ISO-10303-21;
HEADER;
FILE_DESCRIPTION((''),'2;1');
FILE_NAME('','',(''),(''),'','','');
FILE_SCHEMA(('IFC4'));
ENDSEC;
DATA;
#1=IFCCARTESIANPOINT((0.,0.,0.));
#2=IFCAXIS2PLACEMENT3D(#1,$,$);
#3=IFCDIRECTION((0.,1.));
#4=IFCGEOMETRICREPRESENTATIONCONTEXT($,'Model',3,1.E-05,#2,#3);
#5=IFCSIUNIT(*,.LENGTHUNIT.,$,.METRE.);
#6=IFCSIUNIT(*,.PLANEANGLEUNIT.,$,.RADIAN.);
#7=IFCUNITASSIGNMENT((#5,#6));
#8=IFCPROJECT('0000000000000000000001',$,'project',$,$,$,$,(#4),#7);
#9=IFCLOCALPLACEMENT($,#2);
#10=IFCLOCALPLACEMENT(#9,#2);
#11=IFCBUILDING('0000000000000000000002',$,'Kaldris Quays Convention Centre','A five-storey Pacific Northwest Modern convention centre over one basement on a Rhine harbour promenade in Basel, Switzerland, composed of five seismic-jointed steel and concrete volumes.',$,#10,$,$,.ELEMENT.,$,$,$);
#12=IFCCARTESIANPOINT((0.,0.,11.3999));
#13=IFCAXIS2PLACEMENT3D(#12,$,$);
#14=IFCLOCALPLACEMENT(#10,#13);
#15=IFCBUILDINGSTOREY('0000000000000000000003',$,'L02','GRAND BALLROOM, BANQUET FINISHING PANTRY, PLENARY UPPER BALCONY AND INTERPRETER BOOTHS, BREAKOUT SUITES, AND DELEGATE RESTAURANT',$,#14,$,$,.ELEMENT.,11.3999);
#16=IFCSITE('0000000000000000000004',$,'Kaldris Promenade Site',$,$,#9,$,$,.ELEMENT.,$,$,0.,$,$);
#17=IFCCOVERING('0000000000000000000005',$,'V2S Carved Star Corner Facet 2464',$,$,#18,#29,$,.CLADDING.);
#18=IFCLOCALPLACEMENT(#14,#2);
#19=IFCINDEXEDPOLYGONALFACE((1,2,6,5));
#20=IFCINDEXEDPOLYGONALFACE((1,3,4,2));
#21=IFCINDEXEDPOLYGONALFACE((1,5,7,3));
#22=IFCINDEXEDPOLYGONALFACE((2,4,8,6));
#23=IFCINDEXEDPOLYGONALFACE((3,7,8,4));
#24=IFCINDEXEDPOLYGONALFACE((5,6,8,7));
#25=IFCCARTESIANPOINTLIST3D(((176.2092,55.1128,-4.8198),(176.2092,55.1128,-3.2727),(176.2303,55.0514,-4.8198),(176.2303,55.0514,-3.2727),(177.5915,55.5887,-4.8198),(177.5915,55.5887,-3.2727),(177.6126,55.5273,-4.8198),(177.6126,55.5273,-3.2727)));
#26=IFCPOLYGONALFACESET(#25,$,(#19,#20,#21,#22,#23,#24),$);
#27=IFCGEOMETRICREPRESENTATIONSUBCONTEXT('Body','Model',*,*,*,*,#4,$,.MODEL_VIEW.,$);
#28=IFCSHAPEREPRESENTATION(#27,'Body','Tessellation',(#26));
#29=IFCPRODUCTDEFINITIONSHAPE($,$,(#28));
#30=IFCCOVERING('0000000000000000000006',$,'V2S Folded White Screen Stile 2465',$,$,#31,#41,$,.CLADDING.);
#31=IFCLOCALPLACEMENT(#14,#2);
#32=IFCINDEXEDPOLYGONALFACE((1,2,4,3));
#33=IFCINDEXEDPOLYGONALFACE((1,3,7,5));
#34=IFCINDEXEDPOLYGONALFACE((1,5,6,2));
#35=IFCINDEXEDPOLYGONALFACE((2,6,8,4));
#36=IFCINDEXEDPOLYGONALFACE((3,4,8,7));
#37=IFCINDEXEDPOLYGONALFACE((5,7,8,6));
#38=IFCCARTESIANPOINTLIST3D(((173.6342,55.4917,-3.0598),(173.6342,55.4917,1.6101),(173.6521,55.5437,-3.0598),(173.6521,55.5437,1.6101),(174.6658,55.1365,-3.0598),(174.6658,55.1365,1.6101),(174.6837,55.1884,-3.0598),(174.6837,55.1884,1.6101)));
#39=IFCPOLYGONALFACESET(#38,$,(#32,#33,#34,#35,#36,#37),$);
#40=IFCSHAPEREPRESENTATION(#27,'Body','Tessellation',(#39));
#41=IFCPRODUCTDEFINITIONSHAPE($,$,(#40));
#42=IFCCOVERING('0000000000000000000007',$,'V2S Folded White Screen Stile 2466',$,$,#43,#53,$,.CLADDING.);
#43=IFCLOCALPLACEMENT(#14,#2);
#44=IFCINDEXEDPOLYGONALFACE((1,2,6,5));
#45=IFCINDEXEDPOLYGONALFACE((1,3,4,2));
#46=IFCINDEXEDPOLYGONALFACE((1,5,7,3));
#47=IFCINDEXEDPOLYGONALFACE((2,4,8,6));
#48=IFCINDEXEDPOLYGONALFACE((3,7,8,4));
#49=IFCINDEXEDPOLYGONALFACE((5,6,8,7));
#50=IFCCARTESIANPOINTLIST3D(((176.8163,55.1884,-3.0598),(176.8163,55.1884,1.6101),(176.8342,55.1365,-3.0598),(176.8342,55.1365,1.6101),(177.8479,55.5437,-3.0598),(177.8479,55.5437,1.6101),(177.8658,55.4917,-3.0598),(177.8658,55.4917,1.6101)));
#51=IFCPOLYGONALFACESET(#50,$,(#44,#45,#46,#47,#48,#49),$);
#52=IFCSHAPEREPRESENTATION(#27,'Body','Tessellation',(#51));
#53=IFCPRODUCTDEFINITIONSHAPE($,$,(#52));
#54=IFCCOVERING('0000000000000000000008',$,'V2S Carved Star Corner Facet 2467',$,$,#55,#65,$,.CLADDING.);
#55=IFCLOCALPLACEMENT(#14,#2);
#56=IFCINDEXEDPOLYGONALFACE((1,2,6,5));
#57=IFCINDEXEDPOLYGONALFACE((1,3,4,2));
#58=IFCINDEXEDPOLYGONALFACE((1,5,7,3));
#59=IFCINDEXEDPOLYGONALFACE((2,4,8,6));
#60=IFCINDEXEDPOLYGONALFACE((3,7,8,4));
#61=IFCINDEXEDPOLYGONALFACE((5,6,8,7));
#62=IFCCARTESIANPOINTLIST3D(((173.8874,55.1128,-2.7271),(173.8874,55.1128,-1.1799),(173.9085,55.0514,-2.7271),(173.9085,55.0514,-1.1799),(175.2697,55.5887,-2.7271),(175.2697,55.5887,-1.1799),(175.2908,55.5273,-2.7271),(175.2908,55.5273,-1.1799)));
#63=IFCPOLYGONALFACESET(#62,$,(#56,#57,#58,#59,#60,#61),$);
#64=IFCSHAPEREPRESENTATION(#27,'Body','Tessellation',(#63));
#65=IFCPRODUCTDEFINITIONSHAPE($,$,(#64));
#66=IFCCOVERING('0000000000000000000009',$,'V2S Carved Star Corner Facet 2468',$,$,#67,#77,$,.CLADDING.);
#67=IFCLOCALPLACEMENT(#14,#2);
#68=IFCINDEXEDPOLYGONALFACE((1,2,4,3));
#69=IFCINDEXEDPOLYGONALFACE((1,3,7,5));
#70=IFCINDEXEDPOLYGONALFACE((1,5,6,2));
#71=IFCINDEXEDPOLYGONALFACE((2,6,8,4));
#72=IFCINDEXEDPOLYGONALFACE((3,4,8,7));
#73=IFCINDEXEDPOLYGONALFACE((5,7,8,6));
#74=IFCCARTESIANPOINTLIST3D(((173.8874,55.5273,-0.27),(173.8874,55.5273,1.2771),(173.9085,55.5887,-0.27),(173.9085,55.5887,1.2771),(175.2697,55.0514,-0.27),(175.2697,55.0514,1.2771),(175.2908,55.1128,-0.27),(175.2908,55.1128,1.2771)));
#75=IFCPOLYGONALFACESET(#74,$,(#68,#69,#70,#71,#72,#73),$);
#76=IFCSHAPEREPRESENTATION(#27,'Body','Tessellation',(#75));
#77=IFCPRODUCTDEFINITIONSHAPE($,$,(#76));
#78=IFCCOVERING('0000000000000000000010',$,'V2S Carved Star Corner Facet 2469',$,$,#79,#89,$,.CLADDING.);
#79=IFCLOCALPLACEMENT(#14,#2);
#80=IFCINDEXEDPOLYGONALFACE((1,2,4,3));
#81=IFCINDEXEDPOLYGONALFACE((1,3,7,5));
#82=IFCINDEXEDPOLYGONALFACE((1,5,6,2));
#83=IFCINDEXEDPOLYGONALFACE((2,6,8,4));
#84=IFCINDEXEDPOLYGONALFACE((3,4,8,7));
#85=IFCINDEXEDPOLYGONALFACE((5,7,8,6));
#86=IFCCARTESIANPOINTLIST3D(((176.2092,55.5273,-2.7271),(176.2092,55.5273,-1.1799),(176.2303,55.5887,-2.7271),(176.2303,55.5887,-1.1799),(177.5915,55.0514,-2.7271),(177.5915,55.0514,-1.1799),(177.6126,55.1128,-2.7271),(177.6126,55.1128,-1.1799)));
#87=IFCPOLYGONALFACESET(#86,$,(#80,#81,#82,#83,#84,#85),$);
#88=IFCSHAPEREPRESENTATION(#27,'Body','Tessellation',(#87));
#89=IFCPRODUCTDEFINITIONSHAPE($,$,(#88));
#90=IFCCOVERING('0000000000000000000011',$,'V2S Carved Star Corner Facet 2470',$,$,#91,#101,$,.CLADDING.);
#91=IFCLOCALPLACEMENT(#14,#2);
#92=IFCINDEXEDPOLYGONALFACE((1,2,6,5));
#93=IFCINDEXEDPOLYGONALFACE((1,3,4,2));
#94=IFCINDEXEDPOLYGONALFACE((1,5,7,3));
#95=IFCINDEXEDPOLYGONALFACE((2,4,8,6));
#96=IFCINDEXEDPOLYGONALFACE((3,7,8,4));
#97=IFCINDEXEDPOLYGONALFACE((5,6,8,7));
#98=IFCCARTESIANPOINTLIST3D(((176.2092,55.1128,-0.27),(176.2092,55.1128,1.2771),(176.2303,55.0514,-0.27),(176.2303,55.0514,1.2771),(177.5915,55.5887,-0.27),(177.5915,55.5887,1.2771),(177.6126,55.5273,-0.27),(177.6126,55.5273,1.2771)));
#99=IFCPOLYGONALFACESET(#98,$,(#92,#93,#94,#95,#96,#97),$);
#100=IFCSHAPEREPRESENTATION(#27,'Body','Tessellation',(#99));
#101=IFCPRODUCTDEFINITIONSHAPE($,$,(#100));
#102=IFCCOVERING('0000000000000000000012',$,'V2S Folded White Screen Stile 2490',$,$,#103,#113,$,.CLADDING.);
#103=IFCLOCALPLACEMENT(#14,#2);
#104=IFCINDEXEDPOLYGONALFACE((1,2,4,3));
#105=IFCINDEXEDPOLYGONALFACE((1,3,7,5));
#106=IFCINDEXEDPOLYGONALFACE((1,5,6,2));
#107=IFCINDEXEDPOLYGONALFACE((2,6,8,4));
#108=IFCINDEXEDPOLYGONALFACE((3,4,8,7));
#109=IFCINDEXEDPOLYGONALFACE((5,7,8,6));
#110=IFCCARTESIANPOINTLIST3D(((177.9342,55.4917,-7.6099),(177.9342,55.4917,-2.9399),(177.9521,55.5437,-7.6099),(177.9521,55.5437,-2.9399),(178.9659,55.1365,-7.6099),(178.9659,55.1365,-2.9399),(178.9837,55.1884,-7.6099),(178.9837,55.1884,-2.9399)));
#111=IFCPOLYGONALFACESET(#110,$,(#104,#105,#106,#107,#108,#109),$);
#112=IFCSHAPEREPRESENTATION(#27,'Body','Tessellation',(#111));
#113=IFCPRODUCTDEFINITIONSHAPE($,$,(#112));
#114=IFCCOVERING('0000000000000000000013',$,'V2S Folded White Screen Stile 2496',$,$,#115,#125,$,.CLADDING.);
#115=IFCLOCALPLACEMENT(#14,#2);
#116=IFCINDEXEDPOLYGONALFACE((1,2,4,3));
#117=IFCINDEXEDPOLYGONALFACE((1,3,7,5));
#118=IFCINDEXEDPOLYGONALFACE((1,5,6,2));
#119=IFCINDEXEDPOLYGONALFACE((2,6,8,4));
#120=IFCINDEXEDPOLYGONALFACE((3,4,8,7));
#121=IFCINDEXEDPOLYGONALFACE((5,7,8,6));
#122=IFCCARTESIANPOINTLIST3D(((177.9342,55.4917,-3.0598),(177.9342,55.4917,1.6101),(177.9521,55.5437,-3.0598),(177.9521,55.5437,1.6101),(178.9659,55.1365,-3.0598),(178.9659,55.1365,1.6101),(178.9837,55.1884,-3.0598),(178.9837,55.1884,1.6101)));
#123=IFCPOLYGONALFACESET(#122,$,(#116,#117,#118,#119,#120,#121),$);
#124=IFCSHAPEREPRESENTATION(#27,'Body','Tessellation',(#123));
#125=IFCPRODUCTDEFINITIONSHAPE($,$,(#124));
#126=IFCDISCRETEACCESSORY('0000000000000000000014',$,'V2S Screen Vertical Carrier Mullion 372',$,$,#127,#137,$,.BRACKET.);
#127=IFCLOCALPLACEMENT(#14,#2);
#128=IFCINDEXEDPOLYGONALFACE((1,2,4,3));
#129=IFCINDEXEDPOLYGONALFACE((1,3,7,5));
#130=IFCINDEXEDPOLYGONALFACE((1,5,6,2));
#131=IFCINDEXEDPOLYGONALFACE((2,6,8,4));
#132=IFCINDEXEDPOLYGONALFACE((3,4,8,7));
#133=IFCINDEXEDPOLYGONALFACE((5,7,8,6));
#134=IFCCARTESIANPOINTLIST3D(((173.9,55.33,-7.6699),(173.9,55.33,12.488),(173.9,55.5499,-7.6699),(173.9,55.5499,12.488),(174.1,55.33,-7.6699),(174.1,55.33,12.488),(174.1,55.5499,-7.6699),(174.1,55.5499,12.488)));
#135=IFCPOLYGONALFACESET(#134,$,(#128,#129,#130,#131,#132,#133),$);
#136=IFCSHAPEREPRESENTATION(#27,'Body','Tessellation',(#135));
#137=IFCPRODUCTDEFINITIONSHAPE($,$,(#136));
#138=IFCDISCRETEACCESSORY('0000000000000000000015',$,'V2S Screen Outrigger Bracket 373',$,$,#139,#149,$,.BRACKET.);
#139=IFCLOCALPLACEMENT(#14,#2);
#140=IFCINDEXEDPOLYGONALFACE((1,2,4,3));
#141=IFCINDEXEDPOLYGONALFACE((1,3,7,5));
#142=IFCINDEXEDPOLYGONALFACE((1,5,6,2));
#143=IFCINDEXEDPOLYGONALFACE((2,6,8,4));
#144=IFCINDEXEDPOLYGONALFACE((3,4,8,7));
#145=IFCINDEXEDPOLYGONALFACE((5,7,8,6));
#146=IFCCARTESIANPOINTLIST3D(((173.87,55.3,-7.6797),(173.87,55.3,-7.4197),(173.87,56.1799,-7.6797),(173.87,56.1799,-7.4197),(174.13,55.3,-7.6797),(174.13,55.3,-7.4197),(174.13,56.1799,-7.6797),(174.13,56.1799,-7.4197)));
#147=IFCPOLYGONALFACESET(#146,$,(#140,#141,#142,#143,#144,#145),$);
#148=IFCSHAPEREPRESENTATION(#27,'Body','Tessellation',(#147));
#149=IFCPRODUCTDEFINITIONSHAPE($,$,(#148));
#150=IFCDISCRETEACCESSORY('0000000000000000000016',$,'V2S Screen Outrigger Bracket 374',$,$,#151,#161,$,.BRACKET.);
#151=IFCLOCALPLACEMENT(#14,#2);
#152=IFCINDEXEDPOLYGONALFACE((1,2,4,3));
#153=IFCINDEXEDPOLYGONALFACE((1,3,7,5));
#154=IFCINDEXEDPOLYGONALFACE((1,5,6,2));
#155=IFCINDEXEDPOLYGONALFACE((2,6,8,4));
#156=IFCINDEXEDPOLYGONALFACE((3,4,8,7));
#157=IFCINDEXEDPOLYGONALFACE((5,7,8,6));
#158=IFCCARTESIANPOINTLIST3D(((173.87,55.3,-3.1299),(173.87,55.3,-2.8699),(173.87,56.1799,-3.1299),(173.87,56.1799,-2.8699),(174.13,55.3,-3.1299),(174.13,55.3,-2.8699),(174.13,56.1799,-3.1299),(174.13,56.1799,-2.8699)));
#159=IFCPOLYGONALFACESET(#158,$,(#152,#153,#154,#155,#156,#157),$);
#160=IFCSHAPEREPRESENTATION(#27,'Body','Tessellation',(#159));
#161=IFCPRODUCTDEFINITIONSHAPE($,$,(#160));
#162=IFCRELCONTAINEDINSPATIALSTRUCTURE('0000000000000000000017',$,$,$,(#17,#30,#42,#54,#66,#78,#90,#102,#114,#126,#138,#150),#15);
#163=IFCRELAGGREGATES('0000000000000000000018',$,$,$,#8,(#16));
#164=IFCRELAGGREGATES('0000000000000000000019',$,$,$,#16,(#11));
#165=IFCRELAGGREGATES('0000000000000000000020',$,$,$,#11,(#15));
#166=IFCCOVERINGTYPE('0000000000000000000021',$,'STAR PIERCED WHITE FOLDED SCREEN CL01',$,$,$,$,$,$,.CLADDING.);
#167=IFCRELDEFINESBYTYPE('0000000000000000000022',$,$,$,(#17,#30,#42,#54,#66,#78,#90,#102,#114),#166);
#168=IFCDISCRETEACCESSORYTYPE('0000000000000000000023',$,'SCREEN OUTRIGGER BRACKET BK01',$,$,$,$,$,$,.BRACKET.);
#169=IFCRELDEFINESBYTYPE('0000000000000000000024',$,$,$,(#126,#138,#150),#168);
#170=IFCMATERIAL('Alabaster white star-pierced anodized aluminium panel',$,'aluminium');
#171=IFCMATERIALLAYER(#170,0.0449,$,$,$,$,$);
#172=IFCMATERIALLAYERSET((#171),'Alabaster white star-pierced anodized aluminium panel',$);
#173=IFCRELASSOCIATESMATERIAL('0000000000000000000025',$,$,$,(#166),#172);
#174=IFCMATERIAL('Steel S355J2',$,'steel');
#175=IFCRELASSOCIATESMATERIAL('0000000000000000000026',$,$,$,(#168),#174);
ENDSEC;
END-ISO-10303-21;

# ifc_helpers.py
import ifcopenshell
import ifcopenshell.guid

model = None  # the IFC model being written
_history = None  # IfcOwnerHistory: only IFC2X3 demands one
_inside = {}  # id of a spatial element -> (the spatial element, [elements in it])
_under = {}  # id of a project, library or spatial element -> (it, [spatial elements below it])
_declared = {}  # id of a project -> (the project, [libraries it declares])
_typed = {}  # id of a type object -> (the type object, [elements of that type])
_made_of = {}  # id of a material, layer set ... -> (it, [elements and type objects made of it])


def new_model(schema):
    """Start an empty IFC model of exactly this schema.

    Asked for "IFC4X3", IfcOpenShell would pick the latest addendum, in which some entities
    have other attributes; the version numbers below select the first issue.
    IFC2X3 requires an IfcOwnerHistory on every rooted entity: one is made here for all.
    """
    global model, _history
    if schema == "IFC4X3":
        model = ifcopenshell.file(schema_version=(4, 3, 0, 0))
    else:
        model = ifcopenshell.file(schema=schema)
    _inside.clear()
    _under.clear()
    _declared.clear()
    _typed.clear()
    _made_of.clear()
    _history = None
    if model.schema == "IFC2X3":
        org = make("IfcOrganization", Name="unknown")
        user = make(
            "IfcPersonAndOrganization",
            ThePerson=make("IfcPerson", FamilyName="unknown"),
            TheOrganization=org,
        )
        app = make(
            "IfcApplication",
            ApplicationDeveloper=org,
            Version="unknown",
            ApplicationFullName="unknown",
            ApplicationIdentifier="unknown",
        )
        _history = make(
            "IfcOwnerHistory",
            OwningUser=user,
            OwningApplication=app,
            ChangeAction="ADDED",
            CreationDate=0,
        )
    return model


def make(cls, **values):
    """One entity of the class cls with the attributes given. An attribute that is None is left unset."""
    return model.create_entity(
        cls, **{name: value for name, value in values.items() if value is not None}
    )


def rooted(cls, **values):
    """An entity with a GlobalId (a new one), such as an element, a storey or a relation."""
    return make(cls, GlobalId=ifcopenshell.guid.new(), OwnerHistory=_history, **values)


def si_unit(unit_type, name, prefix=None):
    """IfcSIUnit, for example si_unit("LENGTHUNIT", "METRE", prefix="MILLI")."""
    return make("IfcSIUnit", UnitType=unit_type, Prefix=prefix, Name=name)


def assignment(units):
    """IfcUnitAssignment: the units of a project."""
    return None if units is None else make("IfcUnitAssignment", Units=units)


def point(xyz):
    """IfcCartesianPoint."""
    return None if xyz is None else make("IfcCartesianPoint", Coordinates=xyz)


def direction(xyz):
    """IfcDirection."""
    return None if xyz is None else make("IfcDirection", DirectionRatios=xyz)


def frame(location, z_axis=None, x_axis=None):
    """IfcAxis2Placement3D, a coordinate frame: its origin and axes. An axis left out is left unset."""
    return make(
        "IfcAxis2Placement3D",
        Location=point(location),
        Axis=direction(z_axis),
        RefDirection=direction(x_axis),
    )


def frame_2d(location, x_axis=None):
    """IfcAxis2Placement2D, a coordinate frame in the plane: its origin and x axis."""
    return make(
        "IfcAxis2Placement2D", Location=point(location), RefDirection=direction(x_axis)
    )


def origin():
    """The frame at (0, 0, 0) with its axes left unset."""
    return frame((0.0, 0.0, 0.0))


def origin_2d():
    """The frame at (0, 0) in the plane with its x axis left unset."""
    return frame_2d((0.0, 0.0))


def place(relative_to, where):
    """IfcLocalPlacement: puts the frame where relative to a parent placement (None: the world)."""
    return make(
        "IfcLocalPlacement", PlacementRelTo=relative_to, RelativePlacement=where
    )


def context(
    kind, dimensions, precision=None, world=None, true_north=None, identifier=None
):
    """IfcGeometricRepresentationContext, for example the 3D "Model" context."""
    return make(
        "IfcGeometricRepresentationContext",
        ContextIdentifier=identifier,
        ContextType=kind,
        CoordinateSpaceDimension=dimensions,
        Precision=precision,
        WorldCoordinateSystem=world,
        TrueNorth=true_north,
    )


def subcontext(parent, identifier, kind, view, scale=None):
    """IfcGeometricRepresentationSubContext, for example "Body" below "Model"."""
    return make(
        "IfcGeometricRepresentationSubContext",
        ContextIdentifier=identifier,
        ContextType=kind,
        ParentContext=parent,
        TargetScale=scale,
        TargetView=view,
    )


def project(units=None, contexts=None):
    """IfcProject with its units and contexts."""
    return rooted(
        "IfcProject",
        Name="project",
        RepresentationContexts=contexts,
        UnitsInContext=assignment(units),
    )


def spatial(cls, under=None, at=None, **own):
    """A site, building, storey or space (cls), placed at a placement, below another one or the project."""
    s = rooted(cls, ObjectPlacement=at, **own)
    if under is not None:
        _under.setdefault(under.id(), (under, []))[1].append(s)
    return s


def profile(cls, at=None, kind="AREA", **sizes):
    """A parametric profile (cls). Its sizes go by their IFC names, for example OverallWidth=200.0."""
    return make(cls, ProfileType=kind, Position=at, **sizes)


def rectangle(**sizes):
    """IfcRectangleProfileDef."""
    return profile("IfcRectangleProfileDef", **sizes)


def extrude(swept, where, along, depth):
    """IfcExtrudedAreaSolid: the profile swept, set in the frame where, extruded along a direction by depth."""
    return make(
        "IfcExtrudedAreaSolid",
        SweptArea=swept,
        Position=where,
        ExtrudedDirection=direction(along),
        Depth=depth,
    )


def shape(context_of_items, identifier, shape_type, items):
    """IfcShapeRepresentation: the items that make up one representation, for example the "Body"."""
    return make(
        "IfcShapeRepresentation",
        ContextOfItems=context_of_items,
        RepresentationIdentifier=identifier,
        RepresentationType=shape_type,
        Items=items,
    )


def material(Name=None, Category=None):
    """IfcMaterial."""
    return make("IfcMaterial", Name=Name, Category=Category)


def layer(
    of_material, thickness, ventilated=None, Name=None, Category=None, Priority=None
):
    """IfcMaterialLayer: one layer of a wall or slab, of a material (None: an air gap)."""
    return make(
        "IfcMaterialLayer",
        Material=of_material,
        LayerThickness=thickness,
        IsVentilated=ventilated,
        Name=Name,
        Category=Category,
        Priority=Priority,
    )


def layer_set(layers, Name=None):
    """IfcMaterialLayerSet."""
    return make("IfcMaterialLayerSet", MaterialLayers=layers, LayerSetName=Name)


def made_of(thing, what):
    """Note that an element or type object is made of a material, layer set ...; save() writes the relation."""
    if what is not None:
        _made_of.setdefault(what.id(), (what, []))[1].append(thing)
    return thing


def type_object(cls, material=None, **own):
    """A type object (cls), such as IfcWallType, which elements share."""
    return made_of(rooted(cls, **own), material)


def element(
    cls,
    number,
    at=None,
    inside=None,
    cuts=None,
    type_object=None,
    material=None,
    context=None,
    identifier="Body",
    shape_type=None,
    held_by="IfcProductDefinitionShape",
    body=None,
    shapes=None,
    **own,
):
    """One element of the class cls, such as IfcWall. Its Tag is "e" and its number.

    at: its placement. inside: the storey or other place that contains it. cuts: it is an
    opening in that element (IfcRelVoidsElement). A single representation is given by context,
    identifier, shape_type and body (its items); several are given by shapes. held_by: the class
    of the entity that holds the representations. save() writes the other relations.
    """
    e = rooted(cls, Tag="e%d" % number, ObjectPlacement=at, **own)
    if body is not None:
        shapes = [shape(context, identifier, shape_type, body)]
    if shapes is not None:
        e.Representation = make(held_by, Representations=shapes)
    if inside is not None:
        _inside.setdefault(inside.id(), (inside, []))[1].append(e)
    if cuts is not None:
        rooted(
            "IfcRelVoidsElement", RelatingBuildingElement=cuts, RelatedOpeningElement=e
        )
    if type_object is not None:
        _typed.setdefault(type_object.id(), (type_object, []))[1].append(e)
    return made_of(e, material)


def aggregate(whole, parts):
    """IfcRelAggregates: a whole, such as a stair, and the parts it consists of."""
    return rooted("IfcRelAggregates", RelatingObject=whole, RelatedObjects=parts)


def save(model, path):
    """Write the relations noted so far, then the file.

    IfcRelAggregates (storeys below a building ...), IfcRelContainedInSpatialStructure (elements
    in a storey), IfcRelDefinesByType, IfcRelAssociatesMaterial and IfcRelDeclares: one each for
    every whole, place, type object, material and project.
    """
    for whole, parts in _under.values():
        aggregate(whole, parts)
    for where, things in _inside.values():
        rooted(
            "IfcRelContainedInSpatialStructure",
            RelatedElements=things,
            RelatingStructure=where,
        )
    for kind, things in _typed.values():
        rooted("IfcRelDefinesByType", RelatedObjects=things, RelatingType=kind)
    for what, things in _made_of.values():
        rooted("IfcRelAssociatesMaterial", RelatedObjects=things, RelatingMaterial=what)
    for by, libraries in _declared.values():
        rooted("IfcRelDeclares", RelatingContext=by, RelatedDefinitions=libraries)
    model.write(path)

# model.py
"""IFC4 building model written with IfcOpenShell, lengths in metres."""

from ifc_helpers import new_model, si_unit, direction, frame, origin, origin_2d, place, context, subcontext, project, spatial, rectangle, extrude, material, layer, layer_set, type_object, element, save


model = new_model("IFC4")

# Units and contexts
model_context = context("Model", 3, precision=1e-05, world=origin(), true_north=direction((0.0, 1.0)))
body_context = subcontext(model_context, "Body", "Model", "MODEL_VIEW")
ifc_project = project(units=[si_unit("LENGTHUNIT", "METRE"), si_unit("PLANEANGLEUNIT", "RADIAN")], contexts=[model_context])

# Site, building, storey
site_placement = place(None, origin())
site = spatial("IfcSite", under=ifc_project, at=site_placement, Name="Kaldris Promenade Site", CompositionType="ELEMENT", RefElevation=0.0)
building_placement = place(site_placement, origin())
building = spatial("IfcBuilding", under=site, at=building_placement, Name="Kaldris Quays Convention Centre", Description="A five-storey Pacific Northwest Modern convention centre over one basement on a Rhine harbour promenade in Basel, Switzerland, composed of five seismic-jointed steel and concrete volumes.", CompositionType="ELEMENT")
storey_placement = place(building_placement, frame((0.0, 0.0, 11.3999)))
storey = spatial("IfcBuildingStorey", under=building, at=storey_placement, Name="L02", Description="GRAND BALLROOM, BANQUET FINISHING PANTRY, PLENARY UPPER BALCONY AND INTERPRETER BOOTHS, BREAKOUT SUITES, AND DELEGATE RESTAURANT", CompositionType="ELEMENT", Elevation=11.3999)

# Shared definitions
ifc_material_1 = material(Name="Steel S355J2", Category="steel")

# Coverings
ifc_material_2 = material(Name="Alabaster white star-pierced anodized aluminium panel", Category="aluminium")
ifc_layer_1 = layer(ifc_material_2, 0.0449)
ifc_layer_set_1 = layer_set([ifc_layer_1], Name="Alabaster white star-pierced anodized aluminium panel")
covering_type = type_object("IfcCoveringType", Name="STAR PIERCED WHITE FOLDED SCREEN CL01", PredefinedType="CLADDING", material=ifc_layer_set_1)
for number, where, z_axis, x_axis, name in (
    (1, (176.9109, 55.3201, -4.8198), (0.0, 0.0, 1.0), (0.945519, 0.325568, 0.0), "V2S Carved Star Corner Facet 2464"),
):
    element("IfcCovering", number, at=place(storey_placement, frame(where, z_axis=z_axis, x_axis=x_axis)), inside=storey, type_object=covering_type, Name=name, PredefinedType="CLADDING", context=body_context, shape_type="SweptSolid", body=[
        extrude(rectangle(XDim=1.4619, YDim=0.0649, at=origin_2d()), origin(), (0.0, 0.0, 1.0), 1.5471),
    ])
for number, where, z_axis, x_axis, name in (
    (2, (174.1589, 55.3401, -3.0598), (0.0, 0.0, 1.0), (0.945519, -0.325568, 0.0), "V2S Folded White Screen Stile 2465"),
    (3, (177.3411, 55.3401, -3.0598), (0.0, 0.0, 1.0), (0.945519, 0.325568, 0.0), "V2S Folded White Screen Stile 2466"),
):
    element("IfcCovering", number, at=place(storey_placement, frame(where, z_axis=z_axis, x_axis=x_axis)), inside=storey, type_object=covering_type, Name=name, PredefinedType="CLADDING", context=body_context, shape_type="SweptSolid", body=[
        extrude(rectangle(XDim=1.0911, YDim=0.0549, at=origin_2d()), origin(), (0.0, 0.0, 1.0), 4.6699),
    ])
for number, where, z_axis, x_axis, name in (
    (4, (174.5891, 55.3201, -2.7271), (0.0, 0.0, 1.0), (0.945519, 0.325568, 0.0), "V2S Carved Star Corner Facet 2467"),
    (5, (174.5891, 55.3201, -0.27), (0.0, 0.0, 1.0), (0.945519, -0.325568, 0.0), "V2S Carved Star Corner Facet 2468"),
    (6, (176.9109, 55.3201, -2.7271), (0.0, 0.0, 1.0), (0.945519, -0.325568, 0.0), "V2S Carved Star Corner Facet 2469"),
    (7, (176.9109, 55.3201, -0.27), (0.0, 0.0, 1.0), (0.945519, 0.325568, 0.0), "V2S Carved Star Corner Facet 2470"),
):
    element("IfcCovering", number, at=place(storey_placement, frame(where, z_axis=z_axis, x_axis=x_axis)), inside=storey, type_object=covering_type, Name=name, PredefinedType="CLADDING", context=body_context, shape_type="SweptSolid", body=[
        extrude(rectangle(XDim=1.4619, YDim=0.0649, at=origin_2d()), origin(), (0.0, 0.0, 1.0), 1.5471),
    ])
for number, where, z_axis, x_axis, name in (
    (8, (178.459, 55.3401, -7.6099), (0.0, 0.0, 1.0), (0.945519, -0.325568, 0.0), "V2S Folded White Screen Stile 2490"),
    (9, (178.459, 55.3401, -3.0598), (0.0, 0.0, 1.0), (0.945519, -0.325568, 0.0), "V2S Folded White Screen Stile 2496"),
):
    element("IfcCovering", number, at=place(storey_placement, frame(where, z_axis=z_axis, x_axis=x_axis)), inside=storey, type_object=covering_type, Name=name, PredefinedType="CLADDING", context=body_context, shape_type="SweptSolid", body=[
        extrude(rectangle(XDim=1.0911, YDim=0.0549, at=origin_2d()), origin(), (0.0, 0.0, 1.0), 4.6699),
    ])

# Discrete accessories
discrete_accessory_type = type_object("IfcDiscreteAccessoryType", Name="SCREEN OUTRIGGER BRACKET BK01", PredefinedType="BRACKET", material=ifc_material_1)
discrete_accessory_placement = place(storey_placement, frame((174.0, 55.4399, -7.6699), z_axis=(0.0, 0.0, 1.0), x_axis=(1.0, 0.0, 0.0)))
element("IfcDiscreteAccessory", 10, at=discrete_accessory_placement, inside=storey, type_object=discrete_accessory_type, Name="V2S Screen Vertical Carrier Mullion 372", PredefinedType="BRACKET", context=body_context, shape_type="SweptSolid", body=[
    extrude(rectangle(XDim=0.2, YDim=0.22, at=origin_2d()), origin(), (0.0, 0.0, 1.0), 20.158),
])
for number, where, z_axis, x_axis, name in (
    (11, (174.0, 55.74, -7.6797), (0.0, 0.0, 1.0), (1.0, 0.0, 0.0), "V2S Screen Outrigger Bracket 373"),
    (12, (174.0, 55.74, -3.1299), (0.0, 0.0, 1.0), (1.0, 0.0, 0.0), "V2S Screen Outrigger Bracket 374"),
):
    element("IfcDiscreteAccessory", number, at=place(storey_placement, frame(where, z_axis=z_axis, x_axis=x_axis)), inside=storey, type_object=discrete_accessory_type, Name=name, PredefinedType="BRACKET", context=body_context, shape_type="SweptSolid", body=[
        extrude(rectangle(XDim=0.26, YDim=0.8799, at=origin_2d()), origin(), (0.0, 0.0, 1.0), 0.26),
    ])

save(model, "model.ifc")
